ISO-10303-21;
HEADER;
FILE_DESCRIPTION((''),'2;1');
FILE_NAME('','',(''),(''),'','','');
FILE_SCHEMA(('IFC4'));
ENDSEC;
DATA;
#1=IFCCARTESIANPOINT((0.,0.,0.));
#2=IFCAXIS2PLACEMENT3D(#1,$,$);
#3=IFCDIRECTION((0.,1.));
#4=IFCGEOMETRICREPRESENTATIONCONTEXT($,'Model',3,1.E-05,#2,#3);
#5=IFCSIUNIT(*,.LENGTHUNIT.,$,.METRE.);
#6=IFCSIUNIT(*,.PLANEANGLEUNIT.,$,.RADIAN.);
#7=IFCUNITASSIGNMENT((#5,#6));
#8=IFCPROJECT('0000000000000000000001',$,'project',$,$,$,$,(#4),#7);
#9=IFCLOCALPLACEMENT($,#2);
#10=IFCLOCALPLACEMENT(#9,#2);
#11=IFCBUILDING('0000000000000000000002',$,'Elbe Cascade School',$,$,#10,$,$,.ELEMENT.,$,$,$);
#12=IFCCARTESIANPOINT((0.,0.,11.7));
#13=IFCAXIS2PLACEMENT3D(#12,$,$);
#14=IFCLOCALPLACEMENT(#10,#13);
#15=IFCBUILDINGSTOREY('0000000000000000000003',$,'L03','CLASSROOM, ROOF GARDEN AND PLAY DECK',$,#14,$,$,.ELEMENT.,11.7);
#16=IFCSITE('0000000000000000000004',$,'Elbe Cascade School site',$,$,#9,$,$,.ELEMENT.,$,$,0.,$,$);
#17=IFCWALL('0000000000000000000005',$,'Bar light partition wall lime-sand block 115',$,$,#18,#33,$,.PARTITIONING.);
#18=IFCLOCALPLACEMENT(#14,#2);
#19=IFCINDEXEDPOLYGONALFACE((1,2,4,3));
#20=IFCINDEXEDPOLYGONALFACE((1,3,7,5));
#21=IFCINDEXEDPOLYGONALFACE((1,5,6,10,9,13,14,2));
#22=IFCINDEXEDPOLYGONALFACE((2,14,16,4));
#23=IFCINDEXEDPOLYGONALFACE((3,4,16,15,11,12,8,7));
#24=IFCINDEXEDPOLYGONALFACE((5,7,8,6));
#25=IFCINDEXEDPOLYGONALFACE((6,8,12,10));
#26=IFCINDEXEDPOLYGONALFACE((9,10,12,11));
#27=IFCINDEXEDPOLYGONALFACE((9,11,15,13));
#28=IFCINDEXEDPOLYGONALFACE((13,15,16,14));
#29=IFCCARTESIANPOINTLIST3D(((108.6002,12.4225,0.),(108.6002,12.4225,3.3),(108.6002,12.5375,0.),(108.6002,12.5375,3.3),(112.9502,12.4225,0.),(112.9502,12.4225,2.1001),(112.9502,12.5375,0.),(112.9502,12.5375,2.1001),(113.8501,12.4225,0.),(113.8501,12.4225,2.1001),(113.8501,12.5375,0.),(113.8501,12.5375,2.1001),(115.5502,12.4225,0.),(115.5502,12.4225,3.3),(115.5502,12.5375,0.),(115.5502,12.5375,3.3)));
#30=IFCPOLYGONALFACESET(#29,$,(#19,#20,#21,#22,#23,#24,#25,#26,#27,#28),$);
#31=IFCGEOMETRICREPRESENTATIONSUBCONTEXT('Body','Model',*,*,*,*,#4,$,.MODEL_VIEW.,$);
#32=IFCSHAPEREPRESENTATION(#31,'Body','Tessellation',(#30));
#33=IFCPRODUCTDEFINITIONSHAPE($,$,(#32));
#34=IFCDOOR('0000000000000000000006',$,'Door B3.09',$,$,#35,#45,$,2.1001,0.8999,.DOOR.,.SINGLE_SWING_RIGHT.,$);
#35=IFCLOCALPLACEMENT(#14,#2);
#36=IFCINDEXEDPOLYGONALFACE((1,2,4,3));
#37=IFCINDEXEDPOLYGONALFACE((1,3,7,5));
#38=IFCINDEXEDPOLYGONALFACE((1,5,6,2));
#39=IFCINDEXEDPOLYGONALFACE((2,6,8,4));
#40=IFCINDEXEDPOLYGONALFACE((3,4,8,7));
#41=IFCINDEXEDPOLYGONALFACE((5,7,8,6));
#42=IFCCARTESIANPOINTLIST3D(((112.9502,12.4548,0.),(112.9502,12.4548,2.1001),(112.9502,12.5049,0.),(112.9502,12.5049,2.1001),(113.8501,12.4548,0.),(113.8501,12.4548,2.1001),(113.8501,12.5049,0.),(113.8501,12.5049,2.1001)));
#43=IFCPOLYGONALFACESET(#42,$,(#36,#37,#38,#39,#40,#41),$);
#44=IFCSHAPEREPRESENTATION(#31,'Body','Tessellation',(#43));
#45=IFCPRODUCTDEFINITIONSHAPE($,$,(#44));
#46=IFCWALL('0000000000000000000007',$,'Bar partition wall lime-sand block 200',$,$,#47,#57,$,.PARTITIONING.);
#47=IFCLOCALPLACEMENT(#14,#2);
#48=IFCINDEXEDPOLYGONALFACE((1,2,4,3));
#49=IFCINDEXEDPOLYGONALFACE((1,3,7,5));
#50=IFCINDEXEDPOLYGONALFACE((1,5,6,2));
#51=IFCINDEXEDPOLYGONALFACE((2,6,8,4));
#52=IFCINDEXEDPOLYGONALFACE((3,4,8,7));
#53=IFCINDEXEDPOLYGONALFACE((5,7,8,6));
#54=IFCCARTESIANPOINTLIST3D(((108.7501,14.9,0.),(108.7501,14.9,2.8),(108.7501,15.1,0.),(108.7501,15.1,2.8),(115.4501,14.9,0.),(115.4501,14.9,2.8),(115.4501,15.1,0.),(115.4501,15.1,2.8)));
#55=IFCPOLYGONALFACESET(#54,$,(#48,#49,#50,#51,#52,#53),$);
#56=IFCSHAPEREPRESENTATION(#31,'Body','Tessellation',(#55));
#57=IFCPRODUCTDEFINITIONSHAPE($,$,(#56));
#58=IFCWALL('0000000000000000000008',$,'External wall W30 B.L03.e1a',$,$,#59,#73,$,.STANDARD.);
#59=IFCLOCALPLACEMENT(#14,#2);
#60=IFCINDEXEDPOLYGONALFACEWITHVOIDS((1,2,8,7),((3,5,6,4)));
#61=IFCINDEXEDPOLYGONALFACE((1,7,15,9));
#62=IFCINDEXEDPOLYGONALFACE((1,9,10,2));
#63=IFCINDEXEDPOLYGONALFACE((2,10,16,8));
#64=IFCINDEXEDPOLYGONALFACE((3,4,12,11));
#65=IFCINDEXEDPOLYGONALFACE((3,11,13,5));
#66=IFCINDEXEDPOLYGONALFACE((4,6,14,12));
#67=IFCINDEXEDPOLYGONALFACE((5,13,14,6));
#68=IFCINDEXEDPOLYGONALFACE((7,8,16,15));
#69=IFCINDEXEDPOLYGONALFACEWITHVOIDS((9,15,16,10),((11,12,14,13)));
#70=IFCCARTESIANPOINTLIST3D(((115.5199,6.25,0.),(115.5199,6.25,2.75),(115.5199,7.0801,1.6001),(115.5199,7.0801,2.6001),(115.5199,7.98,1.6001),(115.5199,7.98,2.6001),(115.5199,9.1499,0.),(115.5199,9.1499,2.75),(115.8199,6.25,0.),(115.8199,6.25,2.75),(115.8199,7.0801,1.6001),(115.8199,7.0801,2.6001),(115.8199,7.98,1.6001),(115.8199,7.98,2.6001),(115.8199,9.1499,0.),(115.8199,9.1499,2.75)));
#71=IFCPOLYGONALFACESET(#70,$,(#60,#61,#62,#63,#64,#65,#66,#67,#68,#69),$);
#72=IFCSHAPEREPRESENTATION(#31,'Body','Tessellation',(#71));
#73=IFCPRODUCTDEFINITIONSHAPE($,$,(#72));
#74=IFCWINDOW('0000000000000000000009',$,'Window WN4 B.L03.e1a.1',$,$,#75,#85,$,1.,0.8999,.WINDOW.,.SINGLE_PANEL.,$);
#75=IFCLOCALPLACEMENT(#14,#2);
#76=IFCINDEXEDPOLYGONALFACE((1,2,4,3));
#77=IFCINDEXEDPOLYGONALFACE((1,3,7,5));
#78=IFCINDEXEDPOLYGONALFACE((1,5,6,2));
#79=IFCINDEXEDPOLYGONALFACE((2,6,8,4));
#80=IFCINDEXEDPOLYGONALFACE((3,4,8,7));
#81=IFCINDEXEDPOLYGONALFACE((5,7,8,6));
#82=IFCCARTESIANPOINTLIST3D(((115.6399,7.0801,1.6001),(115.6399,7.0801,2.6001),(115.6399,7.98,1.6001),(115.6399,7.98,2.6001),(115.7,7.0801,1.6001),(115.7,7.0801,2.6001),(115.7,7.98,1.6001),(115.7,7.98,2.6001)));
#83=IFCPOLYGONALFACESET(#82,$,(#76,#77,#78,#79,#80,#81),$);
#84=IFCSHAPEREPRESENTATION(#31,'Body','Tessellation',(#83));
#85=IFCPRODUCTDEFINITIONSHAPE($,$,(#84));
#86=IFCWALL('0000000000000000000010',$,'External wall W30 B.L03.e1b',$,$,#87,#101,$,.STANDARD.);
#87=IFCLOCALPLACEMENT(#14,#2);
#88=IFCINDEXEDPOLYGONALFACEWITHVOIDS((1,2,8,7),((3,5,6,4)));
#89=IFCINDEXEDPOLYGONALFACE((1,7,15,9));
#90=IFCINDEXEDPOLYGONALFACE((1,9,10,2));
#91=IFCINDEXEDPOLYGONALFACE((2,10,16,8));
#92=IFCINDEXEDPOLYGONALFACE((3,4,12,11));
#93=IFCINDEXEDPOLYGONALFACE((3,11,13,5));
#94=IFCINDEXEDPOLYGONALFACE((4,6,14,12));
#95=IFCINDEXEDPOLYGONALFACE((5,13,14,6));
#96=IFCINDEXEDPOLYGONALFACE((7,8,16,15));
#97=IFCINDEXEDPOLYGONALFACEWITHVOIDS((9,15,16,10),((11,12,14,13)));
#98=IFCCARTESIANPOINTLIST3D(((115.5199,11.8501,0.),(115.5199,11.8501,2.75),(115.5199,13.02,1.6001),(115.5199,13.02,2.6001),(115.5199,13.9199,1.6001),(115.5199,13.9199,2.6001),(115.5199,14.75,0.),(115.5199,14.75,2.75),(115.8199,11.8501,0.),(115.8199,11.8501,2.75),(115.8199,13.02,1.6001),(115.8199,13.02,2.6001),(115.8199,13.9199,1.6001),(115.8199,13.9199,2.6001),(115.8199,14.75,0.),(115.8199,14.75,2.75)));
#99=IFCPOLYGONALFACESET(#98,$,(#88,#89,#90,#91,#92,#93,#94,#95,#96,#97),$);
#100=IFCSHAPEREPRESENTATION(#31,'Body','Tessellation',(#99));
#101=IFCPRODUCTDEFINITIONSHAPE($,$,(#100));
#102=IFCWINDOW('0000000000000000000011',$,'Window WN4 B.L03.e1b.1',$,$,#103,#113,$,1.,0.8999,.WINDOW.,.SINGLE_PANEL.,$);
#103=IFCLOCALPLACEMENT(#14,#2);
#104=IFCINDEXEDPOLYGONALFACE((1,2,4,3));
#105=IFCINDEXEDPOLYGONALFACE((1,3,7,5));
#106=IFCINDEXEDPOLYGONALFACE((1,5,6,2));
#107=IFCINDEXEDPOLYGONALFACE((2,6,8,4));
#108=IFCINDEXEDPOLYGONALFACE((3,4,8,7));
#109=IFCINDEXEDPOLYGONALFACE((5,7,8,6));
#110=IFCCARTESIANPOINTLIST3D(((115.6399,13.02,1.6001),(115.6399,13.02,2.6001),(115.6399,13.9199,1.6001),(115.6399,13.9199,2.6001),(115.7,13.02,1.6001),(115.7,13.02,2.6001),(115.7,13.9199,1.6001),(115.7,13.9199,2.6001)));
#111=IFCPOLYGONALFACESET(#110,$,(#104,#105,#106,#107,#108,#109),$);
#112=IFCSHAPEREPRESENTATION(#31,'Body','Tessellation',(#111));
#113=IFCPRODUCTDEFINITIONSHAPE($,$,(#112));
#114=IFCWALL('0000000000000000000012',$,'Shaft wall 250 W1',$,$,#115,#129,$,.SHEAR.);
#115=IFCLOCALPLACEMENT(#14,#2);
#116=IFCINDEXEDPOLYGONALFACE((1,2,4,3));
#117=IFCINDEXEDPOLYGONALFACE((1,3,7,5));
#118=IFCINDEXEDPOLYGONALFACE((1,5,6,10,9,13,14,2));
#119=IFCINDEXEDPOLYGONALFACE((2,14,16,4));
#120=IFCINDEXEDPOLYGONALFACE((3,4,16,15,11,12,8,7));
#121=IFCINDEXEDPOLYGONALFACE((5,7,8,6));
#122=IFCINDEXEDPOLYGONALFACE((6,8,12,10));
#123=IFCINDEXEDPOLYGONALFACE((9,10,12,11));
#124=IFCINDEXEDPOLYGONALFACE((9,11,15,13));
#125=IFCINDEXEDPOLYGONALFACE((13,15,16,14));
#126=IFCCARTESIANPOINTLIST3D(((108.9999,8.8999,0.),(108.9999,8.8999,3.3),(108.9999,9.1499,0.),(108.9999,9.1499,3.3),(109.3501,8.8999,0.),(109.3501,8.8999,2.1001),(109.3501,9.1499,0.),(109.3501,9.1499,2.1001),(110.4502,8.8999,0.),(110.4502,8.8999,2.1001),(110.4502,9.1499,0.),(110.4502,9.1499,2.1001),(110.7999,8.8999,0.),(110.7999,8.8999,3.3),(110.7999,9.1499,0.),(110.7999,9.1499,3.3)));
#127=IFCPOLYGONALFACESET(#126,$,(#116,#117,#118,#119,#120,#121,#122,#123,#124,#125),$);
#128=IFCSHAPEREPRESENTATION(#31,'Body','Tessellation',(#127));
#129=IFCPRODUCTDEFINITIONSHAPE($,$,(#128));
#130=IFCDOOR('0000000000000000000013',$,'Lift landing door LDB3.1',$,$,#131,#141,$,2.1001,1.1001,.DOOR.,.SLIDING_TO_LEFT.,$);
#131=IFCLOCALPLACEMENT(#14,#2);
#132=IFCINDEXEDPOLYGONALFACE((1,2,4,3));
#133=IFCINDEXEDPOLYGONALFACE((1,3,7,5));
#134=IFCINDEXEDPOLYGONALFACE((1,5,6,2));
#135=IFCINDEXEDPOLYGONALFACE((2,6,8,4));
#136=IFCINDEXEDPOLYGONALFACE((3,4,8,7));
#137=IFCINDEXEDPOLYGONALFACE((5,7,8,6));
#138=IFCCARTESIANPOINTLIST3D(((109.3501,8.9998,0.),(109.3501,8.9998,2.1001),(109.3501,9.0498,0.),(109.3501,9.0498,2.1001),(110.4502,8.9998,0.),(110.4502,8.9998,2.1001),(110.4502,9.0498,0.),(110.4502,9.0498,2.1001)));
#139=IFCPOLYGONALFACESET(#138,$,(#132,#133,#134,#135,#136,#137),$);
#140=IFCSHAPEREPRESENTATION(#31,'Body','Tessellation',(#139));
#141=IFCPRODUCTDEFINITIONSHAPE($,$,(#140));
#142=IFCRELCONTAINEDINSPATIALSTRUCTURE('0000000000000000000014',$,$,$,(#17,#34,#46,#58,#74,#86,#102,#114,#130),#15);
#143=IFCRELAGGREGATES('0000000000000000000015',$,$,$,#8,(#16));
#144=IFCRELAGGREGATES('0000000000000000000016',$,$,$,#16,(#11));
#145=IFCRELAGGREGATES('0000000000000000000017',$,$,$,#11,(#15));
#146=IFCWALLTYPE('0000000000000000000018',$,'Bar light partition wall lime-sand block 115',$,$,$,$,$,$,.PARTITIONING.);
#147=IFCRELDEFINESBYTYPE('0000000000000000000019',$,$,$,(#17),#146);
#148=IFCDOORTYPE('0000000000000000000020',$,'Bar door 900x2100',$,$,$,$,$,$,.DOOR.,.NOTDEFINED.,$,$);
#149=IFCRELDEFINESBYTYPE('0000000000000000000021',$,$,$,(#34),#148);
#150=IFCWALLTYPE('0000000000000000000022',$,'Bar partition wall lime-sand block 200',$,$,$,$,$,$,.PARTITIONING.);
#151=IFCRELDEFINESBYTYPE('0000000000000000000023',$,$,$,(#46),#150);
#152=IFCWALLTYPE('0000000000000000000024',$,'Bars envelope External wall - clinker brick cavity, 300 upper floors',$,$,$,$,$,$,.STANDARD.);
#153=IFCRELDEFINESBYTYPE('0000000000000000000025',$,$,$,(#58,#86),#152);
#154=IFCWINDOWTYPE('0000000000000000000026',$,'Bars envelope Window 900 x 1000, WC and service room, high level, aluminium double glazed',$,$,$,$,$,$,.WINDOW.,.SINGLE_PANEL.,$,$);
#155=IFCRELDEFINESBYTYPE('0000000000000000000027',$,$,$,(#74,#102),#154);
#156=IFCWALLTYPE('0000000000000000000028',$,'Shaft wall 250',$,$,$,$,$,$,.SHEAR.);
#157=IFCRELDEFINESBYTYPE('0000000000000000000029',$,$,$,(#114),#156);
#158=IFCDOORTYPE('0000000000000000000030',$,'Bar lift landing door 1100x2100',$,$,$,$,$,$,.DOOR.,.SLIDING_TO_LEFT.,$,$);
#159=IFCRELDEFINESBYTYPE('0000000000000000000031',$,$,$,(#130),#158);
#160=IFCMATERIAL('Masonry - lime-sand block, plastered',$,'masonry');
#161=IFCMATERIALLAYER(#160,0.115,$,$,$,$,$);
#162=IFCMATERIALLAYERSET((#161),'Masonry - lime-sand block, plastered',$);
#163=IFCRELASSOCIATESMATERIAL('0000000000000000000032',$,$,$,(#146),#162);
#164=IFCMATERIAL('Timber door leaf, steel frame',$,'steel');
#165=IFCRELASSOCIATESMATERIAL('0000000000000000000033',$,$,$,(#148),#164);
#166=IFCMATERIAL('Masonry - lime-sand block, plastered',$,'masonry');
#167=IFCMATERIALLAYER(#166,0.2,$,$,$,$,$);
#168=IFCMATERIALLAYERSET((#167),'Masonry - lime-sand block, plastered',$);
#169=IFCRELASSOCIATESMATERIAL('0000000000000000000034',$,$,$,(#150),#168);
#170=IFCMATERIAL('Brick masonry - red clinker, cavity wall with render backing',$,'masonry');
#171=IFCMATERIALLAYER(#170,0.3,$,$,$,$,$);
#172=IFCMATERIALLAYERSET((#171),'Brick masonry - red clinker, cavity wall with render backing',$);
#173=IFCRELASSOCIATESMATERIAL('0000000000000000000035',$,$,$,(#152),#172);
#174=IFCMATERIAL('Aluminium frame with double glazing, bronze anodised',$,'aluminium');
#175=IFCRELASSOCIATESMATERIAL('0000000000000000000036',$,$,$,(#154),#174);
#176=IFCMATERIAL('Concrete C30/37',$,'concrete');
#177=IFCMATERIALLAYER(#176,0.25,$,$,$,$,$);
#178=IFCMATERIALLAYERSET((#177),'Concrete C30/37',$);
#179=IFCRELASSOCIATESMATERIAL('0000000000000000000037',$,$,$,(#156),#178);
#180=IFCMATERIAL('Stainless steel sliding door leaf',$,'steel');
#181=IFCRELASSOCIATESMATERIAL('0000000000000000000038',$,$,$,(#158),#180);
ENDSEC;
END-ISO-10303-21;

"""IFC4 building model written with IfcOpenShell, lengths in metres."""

from ifc_helpers import new_model, si_unit, direction, frame, frame_2d, origin, place, context, subcontext, project, spatial, rectangle, extrude, material, layer, layer_set, type_object, element, fill, save


model = new_model("IFC4")

# Units and contexts
model_context = context("Model", 3, precision=1e-05, world=origin(), true_north=direction((0.0, 1.0)))
body_context = subcontext(model_context, "Body", "Model", "MODEL_VIEW")
ifc_project = project(units=[si_unit("LENGTHUNIT", "METRE"), si_unit("PLANEANGLEUNIT", "RADIAN")], contexts=[model_context])

# Site, building, storey
site_placement = place(None, origin())
site = spatial("IfcSite", under=ifc_project, at=site_placement, Name="Elbe Cascade School site", CompositionType="ELEMENT", RefElevation=0.0)
building_placement = place(site_placement, origin())
building = spatial("IfcBuilding", under=site, at=building_placement, Name="Elbe Cascade School", CompositionType="ELEMENT")
storey_placement = place(building_placement, frame((0.0, 0.0, 11.7)))
storey = spatial("IfcBuildingStorey", under=building, at=storey_placement, Name="L03", Description="CLASSROOM, ROOF GARDEN AND PLAY DECK", CompositionType="ELEMENT", Elevation=11.7)

# Wall, opening, door
ifc_material_1 = material(Name="Masonry - lime-sand block, plastered", Category="masonry")
ifc_layer_1 = layer(ifc_material_1, 0.115)
ifc_layer_set_1 = layer_set([ifc_layer_1], Name="Masonry - lime-sand block, plastered")
wall_type_1 = type_object("IfcWallType", Name="Bar light partition wall lime-sand block 115", PredefinedType="PARTITIONING", material=ifc_layer_set_1)
ifc_material_2 = material(Name="Timber door leaf, steel frame", Category="steel")
door_type_1 = type_object("IfcDoorType", Name="Bar door 900x2100", OperationType="NOTDEFINED", PredefinedType="DOOR", material=ifc_material_2)
wall_1_placement = place(storey_placement, frame((108.6001, 12.48, 0.0), z_axis=(0.0, 0.0, 1.0), x_axis=(1.0, 0.0, 0.0)))
wall_1 = element("IfcWall", 1, at=wall_1_placement, inside=storey, type_object=wall_type_1, Name="Bar light partition wall lime-sand block 115", PredefinedType="PARTITIONING", context=body_context, shape_type="SweptSolid", body=[
    extrude(rectangle(XDim=6.95, YDim=0.115, at=frame_2d((3.4751, 0.0))), origin(), (0.0, 0.0, 1.0), 3.3),
])
opening_1_placement = place(wall_1_placement, frame((4.3501, 0.0, 0.0)))
opening_1 = element("IfcOpeningElement", 2, at=opening_1_placement, cuts=wall_1, PredefinedType="OPENING", context=body_context, shape_type="SweptSolid", body=[
    extrude(rectangle(XDim=0.8999, YDim=2.1001, at=frame_2d((0.45, 1.05))), frame((0.0, 0.0674, 0.0), z_axis=(0.0, -1.0, 0.0), x_axis=(1.0, 0.0, 0.0)), (0.0, 0.0, 1.0), 0.135),
])
door_1_placement = place(opening_1_placement, origin())
door_1 = element("IfcDoor", 3, at=door_1_placement, inside=storey, type_object=door_type_1, Name="Door B3.09", OperationType="SINGLE_SWING_RIGHT", OverallHeight=2.1001, OverallWidth=0.8999, PredefinedType="DOOR", context=body_context, shape_type="SweptSolid", body=[
    extrude(rectangle(XDim=0.8999, YDim=2.1001, at=frame_2d((0.45, 1.05))), frame((0.0, 0.0249, 0.0), z_axis=(0.0, -1.0, 0.0), x_axis=(1.0, 0.0, 0.0)), (0.0, 0.0, 1.0), 0.05),
])
fill(opening_1, door_1)

# Wall
ifc_material_3 = material(Name="Masonry - lime-sand block, plastered", Category="masonry")
ifc_layer_2 = layer(ifc_material_3, 0.2)
ifc_layer_set_2 = layer_set([ifc_layer_2], Name="Masonry - lime-sand block, plastered")
wall_type_2 = type_object("IfcWallType", Name="Bar partition wall lime-sand block 200", PredefinedType="PARTITIONING", material=ifc_layer_set_2)
wall_2_placement = place(storey_placement, frame((108.75, 15.0, 0.0), z_axis=(0.0, 0.0, 1.0), x_axis=(1.0, 0.0, 0.0)))
element("IfcWall", 4, at=wall_2_placement, inside=storey, type_object=wall_type_2, Name="Bar partition wall lime-sand block 200", PredefinedType="PARTITIONING", context=body_context, shape_type="SweptSolid", body=[
    extrude(rectangle(XDim=6.7, YDim=0.2, at=frame_2d((3.3501, 0.0))), origin(), (0.0, 0.0, 1.0), 2.8),
])

# Walls, openings, windows
ifc_material_4 = material(Name="Brick masonry - red clinker, cavity wall with render backing", Category="masonry")
ifc_layer_3 = layer(ifc_material_4, 0.3)
ifc_layer_set_3 = layer_set([ifc_layer_3], Name="Brick masonry - red clinker, cavity wall with render backing")
wall_type_3 = type_object("IfcWallType", Name="Bars envelope External wall - clinker brick cavity, 300 upper floors", PredefinedType="STANDARD", material=ifc_layer_set_3)
wall_3_placement = place(storey_placement, frame((115.6699, 9.1499, 0.0), z_axis=(0.0, 0.0, 1.0), x_axis=(0.0, -1.0, 0.0)))
wall_3 = element("IfcWall", 5, at=wall_3_placement, inside=storey, type_object=wall_type_3, Name="External wall W30 B.L03.e1a", PredefinedType="STANDARD", context=body_context, shape_type="SweptSolid", body=[
    extrude(rectangle(XDim=2.8999, YDim=0.3, at=frame_2d((1.45, 0.0))), origin(), (0.0, 0.0, 1.0), 2.75),
])
opening_2_placement = place(wall_3_placement, frame((1.1699, 0.0, 1.6001)))
opening_2 = element("IfcOpeningElement", 6, at=opening_2_placement, cuts=wall_3, PredefinedType="OPENING", context=body_context, shape_type="SweptSolid", body=[
    extrude(rectangle(XDim=0.8999, YDim=1.0, at=frame_2d((0.45, 0.5))), frame((0.0, 0.1599, 0.0), z_axis=(0.0, -1.0, 0.0), x_axis=(1.0, 0.0, 0.0)), (0.0, 0.0, 1.0), 0.3201),
])
ifc_material_5 = material(Name="Aluminium frame with double glazing, bronze anodised", Category="aluminium")
window_type = type_object("IfcWindowType", Name="Bars envelope Window 900 x 1000, WC and service room, high level, aluminium double glazed", PartitioningType="SINGLE_PANEL", PredefinedType="WINDOW", material=ifc_material_5)
window_1_placement = place(opening_2_placement, origin())
window_1 = element("IfcWindow", 7, at=window_1_placement, inside=storey, type_object=window_type, Name="Window WN4 B.L03.e1a.1", OverallHeight=1.0, OverallWidth=0.8999, PartitioningType="SINGLE_PANEL", PredefinedType="WINDOW", context=body_context, shape_type="SweptSolid", body=[
    extrude(rectangle(XDim=0.8999, YDim=1.0, at=frame_2d((0.45, 0.5))), frame((0.0, 0.03, 0.0), z_axis=(0.0, -1.0, 0.0), x_axis=(1.0, 0.0, 0.0)), (0.0, 0.0, 1.0), 0.0601),
])
fill(opening_2, window_1)
wall_4_placement = place(storey_placement, frame((115.6699, 14.75, 0.0), z_axis=(0.0, 0.0, 1.0), x_axis=(0.0, -1.0, 0.0)))
wall_4 = element("IfcWall", 8, at=wall_4_placement, inside=storey, type_object=wall_type_3, Name="External wall W30 B.L03.e1b", PredefinedType="STANDARD", context=body_context, shape_type="SweptSolid", body=[
    extrude(rectangle(XDim=2.8999, YDim=0.3, at=frame_2d((1.45, 0.0))), origin(), (0.0, 0.0, 1.0), 2.75),
])
opening_3_placement = place(wall_4_placement, frame((0.8301, 0.0, 1.6001)))
opening_3 = element("IfcOpeningElement", 9, at=opening_3_placement, cuts=wall_4, PredefinedType="OPENING", context=body_context, shape_type="SweptSolid", body=[
    extrude(rectangle(XDim=0.8999, YDim=1.0, at=frame_2d((0.45, 0.5))), frame((0.0, 0.1599, 0.0), z_axis=(0.0, -1.0, 0.0), x_axis=(1.0, 0.0, 0.0)), (0.0, 0.0, 1.0), 0.3201),
])
window_2_placement = place(opening_3_placement, origin())
window_2 = element("IfcWindow", 10, at=window_2_placement, inside=storey, type_object=window_type, Name="Window WN4 B.L03.e1b.1", OverallHeight=1.0, OverallWidth=0.8999, PartitioningType="SINGLE_PANEL", PredefinedType="WINDOW", context=body_context, shape_type="SweptSolid", body=[
    extrude(rectangle(XDim=0.8999, YDim=1.0, at=frame_2d((0.45, 0.5))), frame((0.0, 0.03, 0.0), z_axis=(0.0, -1.0, 0.0), x_axis=(1.0, 0.0, 0.0)), (0.0, 0.0, 1.0), 0.0601),
])
fill(opening_3, window_2)

# Wall, opening, door
ifc_material_6 = material(Name="Concrete C30/37", Category="concrete")
ifc_layer_4 = layer(ifc_material_6, 0.25)
ifc_layer_set_4 = layer_set([ifc_layer_4], Name="Concrete C30/37")
wall_type_4 = type_object("IfcWallType", Name="Shaft wall 250", PredefinedType="SHEAR", material=ifc_layer_set_4)
wall_5_placement = place(storey_placement, frame((109.0, 9.0249, 0.0), z_axis=(0.0, 0.0, 1.0), x_axis=(1.0, 0.0, 0.0)))
wall_5 = element("IfcWall", 11, at=wall_5_placement, inside=storey, type_object=wall_type_4, Name="Shaft wall 250 W1", PredefinedType="SHEAR", context=body_context, shape_type="SweptSolid", body=[
    extrude(rectangle(XDim=1.8, YDim=0.25, at=frame_2d((0.8999, 0.0))), origin(), (0.0, 0.0, 1.0), 3.3),
])
opening_4_placement = place(wall_5_placement, frame((0.3501, 0.0, 0.0)))
opening_4 = element("IfcOpeningElement", 12, at=opening_4_placement, cuts=wall_5, PredefinedType="OPENING", context=body_context, shape_type="SweptSolid", body=[
    extrude(rectangle(XDim=1.1001, YDim=2.1001, at=frame_2d((0.55, 1.05))), frame((0.0, 0.135, 0.0), z_axis=(0.0, -1.0, 0.0), x_axis=(1.0, 0.0, 0.0)), (0.0, 0.0, 1.0), 0.27),
])
ifc_material_7 = material(Name="Stainless steel sliding door leaf", Category="steel")
door_type_2 = type_object("IfcDoorType", Name="Bar lift landing door 1100x2100", OperationType="SLIDING_TO_LEFT", PredefinedType="DOOR", material=ifc_material_7)
door_2_placement = place(opening_4_placement, origin())
door_2 = element("IfcDoor", 13, at=door_2_placement, inside=storey, type_object=door_type_2, Name="Lift landing door LDB3.1", OperationType="SLIDING_TO_LEFT", OverallHeight=2.1001, OverallWidth=1.1001, PredefinedType="DOOR", context=body_context, shape_type="SweptSolid", body=[
    extrude(rectangle(XDim=1.1001, YDim=2.1001, at=frame_2d((0.55, 1.05))), frame((0.0, 0.0249, 0.0), z_axis=(0.0, -1.0, 0.0), x_axis=(1.0, 0.0, 0.0)), (0.0, 0.0, 1.0), 0.05),
])
fill(opening_4, door_2)

save(model, "model.ifc")
